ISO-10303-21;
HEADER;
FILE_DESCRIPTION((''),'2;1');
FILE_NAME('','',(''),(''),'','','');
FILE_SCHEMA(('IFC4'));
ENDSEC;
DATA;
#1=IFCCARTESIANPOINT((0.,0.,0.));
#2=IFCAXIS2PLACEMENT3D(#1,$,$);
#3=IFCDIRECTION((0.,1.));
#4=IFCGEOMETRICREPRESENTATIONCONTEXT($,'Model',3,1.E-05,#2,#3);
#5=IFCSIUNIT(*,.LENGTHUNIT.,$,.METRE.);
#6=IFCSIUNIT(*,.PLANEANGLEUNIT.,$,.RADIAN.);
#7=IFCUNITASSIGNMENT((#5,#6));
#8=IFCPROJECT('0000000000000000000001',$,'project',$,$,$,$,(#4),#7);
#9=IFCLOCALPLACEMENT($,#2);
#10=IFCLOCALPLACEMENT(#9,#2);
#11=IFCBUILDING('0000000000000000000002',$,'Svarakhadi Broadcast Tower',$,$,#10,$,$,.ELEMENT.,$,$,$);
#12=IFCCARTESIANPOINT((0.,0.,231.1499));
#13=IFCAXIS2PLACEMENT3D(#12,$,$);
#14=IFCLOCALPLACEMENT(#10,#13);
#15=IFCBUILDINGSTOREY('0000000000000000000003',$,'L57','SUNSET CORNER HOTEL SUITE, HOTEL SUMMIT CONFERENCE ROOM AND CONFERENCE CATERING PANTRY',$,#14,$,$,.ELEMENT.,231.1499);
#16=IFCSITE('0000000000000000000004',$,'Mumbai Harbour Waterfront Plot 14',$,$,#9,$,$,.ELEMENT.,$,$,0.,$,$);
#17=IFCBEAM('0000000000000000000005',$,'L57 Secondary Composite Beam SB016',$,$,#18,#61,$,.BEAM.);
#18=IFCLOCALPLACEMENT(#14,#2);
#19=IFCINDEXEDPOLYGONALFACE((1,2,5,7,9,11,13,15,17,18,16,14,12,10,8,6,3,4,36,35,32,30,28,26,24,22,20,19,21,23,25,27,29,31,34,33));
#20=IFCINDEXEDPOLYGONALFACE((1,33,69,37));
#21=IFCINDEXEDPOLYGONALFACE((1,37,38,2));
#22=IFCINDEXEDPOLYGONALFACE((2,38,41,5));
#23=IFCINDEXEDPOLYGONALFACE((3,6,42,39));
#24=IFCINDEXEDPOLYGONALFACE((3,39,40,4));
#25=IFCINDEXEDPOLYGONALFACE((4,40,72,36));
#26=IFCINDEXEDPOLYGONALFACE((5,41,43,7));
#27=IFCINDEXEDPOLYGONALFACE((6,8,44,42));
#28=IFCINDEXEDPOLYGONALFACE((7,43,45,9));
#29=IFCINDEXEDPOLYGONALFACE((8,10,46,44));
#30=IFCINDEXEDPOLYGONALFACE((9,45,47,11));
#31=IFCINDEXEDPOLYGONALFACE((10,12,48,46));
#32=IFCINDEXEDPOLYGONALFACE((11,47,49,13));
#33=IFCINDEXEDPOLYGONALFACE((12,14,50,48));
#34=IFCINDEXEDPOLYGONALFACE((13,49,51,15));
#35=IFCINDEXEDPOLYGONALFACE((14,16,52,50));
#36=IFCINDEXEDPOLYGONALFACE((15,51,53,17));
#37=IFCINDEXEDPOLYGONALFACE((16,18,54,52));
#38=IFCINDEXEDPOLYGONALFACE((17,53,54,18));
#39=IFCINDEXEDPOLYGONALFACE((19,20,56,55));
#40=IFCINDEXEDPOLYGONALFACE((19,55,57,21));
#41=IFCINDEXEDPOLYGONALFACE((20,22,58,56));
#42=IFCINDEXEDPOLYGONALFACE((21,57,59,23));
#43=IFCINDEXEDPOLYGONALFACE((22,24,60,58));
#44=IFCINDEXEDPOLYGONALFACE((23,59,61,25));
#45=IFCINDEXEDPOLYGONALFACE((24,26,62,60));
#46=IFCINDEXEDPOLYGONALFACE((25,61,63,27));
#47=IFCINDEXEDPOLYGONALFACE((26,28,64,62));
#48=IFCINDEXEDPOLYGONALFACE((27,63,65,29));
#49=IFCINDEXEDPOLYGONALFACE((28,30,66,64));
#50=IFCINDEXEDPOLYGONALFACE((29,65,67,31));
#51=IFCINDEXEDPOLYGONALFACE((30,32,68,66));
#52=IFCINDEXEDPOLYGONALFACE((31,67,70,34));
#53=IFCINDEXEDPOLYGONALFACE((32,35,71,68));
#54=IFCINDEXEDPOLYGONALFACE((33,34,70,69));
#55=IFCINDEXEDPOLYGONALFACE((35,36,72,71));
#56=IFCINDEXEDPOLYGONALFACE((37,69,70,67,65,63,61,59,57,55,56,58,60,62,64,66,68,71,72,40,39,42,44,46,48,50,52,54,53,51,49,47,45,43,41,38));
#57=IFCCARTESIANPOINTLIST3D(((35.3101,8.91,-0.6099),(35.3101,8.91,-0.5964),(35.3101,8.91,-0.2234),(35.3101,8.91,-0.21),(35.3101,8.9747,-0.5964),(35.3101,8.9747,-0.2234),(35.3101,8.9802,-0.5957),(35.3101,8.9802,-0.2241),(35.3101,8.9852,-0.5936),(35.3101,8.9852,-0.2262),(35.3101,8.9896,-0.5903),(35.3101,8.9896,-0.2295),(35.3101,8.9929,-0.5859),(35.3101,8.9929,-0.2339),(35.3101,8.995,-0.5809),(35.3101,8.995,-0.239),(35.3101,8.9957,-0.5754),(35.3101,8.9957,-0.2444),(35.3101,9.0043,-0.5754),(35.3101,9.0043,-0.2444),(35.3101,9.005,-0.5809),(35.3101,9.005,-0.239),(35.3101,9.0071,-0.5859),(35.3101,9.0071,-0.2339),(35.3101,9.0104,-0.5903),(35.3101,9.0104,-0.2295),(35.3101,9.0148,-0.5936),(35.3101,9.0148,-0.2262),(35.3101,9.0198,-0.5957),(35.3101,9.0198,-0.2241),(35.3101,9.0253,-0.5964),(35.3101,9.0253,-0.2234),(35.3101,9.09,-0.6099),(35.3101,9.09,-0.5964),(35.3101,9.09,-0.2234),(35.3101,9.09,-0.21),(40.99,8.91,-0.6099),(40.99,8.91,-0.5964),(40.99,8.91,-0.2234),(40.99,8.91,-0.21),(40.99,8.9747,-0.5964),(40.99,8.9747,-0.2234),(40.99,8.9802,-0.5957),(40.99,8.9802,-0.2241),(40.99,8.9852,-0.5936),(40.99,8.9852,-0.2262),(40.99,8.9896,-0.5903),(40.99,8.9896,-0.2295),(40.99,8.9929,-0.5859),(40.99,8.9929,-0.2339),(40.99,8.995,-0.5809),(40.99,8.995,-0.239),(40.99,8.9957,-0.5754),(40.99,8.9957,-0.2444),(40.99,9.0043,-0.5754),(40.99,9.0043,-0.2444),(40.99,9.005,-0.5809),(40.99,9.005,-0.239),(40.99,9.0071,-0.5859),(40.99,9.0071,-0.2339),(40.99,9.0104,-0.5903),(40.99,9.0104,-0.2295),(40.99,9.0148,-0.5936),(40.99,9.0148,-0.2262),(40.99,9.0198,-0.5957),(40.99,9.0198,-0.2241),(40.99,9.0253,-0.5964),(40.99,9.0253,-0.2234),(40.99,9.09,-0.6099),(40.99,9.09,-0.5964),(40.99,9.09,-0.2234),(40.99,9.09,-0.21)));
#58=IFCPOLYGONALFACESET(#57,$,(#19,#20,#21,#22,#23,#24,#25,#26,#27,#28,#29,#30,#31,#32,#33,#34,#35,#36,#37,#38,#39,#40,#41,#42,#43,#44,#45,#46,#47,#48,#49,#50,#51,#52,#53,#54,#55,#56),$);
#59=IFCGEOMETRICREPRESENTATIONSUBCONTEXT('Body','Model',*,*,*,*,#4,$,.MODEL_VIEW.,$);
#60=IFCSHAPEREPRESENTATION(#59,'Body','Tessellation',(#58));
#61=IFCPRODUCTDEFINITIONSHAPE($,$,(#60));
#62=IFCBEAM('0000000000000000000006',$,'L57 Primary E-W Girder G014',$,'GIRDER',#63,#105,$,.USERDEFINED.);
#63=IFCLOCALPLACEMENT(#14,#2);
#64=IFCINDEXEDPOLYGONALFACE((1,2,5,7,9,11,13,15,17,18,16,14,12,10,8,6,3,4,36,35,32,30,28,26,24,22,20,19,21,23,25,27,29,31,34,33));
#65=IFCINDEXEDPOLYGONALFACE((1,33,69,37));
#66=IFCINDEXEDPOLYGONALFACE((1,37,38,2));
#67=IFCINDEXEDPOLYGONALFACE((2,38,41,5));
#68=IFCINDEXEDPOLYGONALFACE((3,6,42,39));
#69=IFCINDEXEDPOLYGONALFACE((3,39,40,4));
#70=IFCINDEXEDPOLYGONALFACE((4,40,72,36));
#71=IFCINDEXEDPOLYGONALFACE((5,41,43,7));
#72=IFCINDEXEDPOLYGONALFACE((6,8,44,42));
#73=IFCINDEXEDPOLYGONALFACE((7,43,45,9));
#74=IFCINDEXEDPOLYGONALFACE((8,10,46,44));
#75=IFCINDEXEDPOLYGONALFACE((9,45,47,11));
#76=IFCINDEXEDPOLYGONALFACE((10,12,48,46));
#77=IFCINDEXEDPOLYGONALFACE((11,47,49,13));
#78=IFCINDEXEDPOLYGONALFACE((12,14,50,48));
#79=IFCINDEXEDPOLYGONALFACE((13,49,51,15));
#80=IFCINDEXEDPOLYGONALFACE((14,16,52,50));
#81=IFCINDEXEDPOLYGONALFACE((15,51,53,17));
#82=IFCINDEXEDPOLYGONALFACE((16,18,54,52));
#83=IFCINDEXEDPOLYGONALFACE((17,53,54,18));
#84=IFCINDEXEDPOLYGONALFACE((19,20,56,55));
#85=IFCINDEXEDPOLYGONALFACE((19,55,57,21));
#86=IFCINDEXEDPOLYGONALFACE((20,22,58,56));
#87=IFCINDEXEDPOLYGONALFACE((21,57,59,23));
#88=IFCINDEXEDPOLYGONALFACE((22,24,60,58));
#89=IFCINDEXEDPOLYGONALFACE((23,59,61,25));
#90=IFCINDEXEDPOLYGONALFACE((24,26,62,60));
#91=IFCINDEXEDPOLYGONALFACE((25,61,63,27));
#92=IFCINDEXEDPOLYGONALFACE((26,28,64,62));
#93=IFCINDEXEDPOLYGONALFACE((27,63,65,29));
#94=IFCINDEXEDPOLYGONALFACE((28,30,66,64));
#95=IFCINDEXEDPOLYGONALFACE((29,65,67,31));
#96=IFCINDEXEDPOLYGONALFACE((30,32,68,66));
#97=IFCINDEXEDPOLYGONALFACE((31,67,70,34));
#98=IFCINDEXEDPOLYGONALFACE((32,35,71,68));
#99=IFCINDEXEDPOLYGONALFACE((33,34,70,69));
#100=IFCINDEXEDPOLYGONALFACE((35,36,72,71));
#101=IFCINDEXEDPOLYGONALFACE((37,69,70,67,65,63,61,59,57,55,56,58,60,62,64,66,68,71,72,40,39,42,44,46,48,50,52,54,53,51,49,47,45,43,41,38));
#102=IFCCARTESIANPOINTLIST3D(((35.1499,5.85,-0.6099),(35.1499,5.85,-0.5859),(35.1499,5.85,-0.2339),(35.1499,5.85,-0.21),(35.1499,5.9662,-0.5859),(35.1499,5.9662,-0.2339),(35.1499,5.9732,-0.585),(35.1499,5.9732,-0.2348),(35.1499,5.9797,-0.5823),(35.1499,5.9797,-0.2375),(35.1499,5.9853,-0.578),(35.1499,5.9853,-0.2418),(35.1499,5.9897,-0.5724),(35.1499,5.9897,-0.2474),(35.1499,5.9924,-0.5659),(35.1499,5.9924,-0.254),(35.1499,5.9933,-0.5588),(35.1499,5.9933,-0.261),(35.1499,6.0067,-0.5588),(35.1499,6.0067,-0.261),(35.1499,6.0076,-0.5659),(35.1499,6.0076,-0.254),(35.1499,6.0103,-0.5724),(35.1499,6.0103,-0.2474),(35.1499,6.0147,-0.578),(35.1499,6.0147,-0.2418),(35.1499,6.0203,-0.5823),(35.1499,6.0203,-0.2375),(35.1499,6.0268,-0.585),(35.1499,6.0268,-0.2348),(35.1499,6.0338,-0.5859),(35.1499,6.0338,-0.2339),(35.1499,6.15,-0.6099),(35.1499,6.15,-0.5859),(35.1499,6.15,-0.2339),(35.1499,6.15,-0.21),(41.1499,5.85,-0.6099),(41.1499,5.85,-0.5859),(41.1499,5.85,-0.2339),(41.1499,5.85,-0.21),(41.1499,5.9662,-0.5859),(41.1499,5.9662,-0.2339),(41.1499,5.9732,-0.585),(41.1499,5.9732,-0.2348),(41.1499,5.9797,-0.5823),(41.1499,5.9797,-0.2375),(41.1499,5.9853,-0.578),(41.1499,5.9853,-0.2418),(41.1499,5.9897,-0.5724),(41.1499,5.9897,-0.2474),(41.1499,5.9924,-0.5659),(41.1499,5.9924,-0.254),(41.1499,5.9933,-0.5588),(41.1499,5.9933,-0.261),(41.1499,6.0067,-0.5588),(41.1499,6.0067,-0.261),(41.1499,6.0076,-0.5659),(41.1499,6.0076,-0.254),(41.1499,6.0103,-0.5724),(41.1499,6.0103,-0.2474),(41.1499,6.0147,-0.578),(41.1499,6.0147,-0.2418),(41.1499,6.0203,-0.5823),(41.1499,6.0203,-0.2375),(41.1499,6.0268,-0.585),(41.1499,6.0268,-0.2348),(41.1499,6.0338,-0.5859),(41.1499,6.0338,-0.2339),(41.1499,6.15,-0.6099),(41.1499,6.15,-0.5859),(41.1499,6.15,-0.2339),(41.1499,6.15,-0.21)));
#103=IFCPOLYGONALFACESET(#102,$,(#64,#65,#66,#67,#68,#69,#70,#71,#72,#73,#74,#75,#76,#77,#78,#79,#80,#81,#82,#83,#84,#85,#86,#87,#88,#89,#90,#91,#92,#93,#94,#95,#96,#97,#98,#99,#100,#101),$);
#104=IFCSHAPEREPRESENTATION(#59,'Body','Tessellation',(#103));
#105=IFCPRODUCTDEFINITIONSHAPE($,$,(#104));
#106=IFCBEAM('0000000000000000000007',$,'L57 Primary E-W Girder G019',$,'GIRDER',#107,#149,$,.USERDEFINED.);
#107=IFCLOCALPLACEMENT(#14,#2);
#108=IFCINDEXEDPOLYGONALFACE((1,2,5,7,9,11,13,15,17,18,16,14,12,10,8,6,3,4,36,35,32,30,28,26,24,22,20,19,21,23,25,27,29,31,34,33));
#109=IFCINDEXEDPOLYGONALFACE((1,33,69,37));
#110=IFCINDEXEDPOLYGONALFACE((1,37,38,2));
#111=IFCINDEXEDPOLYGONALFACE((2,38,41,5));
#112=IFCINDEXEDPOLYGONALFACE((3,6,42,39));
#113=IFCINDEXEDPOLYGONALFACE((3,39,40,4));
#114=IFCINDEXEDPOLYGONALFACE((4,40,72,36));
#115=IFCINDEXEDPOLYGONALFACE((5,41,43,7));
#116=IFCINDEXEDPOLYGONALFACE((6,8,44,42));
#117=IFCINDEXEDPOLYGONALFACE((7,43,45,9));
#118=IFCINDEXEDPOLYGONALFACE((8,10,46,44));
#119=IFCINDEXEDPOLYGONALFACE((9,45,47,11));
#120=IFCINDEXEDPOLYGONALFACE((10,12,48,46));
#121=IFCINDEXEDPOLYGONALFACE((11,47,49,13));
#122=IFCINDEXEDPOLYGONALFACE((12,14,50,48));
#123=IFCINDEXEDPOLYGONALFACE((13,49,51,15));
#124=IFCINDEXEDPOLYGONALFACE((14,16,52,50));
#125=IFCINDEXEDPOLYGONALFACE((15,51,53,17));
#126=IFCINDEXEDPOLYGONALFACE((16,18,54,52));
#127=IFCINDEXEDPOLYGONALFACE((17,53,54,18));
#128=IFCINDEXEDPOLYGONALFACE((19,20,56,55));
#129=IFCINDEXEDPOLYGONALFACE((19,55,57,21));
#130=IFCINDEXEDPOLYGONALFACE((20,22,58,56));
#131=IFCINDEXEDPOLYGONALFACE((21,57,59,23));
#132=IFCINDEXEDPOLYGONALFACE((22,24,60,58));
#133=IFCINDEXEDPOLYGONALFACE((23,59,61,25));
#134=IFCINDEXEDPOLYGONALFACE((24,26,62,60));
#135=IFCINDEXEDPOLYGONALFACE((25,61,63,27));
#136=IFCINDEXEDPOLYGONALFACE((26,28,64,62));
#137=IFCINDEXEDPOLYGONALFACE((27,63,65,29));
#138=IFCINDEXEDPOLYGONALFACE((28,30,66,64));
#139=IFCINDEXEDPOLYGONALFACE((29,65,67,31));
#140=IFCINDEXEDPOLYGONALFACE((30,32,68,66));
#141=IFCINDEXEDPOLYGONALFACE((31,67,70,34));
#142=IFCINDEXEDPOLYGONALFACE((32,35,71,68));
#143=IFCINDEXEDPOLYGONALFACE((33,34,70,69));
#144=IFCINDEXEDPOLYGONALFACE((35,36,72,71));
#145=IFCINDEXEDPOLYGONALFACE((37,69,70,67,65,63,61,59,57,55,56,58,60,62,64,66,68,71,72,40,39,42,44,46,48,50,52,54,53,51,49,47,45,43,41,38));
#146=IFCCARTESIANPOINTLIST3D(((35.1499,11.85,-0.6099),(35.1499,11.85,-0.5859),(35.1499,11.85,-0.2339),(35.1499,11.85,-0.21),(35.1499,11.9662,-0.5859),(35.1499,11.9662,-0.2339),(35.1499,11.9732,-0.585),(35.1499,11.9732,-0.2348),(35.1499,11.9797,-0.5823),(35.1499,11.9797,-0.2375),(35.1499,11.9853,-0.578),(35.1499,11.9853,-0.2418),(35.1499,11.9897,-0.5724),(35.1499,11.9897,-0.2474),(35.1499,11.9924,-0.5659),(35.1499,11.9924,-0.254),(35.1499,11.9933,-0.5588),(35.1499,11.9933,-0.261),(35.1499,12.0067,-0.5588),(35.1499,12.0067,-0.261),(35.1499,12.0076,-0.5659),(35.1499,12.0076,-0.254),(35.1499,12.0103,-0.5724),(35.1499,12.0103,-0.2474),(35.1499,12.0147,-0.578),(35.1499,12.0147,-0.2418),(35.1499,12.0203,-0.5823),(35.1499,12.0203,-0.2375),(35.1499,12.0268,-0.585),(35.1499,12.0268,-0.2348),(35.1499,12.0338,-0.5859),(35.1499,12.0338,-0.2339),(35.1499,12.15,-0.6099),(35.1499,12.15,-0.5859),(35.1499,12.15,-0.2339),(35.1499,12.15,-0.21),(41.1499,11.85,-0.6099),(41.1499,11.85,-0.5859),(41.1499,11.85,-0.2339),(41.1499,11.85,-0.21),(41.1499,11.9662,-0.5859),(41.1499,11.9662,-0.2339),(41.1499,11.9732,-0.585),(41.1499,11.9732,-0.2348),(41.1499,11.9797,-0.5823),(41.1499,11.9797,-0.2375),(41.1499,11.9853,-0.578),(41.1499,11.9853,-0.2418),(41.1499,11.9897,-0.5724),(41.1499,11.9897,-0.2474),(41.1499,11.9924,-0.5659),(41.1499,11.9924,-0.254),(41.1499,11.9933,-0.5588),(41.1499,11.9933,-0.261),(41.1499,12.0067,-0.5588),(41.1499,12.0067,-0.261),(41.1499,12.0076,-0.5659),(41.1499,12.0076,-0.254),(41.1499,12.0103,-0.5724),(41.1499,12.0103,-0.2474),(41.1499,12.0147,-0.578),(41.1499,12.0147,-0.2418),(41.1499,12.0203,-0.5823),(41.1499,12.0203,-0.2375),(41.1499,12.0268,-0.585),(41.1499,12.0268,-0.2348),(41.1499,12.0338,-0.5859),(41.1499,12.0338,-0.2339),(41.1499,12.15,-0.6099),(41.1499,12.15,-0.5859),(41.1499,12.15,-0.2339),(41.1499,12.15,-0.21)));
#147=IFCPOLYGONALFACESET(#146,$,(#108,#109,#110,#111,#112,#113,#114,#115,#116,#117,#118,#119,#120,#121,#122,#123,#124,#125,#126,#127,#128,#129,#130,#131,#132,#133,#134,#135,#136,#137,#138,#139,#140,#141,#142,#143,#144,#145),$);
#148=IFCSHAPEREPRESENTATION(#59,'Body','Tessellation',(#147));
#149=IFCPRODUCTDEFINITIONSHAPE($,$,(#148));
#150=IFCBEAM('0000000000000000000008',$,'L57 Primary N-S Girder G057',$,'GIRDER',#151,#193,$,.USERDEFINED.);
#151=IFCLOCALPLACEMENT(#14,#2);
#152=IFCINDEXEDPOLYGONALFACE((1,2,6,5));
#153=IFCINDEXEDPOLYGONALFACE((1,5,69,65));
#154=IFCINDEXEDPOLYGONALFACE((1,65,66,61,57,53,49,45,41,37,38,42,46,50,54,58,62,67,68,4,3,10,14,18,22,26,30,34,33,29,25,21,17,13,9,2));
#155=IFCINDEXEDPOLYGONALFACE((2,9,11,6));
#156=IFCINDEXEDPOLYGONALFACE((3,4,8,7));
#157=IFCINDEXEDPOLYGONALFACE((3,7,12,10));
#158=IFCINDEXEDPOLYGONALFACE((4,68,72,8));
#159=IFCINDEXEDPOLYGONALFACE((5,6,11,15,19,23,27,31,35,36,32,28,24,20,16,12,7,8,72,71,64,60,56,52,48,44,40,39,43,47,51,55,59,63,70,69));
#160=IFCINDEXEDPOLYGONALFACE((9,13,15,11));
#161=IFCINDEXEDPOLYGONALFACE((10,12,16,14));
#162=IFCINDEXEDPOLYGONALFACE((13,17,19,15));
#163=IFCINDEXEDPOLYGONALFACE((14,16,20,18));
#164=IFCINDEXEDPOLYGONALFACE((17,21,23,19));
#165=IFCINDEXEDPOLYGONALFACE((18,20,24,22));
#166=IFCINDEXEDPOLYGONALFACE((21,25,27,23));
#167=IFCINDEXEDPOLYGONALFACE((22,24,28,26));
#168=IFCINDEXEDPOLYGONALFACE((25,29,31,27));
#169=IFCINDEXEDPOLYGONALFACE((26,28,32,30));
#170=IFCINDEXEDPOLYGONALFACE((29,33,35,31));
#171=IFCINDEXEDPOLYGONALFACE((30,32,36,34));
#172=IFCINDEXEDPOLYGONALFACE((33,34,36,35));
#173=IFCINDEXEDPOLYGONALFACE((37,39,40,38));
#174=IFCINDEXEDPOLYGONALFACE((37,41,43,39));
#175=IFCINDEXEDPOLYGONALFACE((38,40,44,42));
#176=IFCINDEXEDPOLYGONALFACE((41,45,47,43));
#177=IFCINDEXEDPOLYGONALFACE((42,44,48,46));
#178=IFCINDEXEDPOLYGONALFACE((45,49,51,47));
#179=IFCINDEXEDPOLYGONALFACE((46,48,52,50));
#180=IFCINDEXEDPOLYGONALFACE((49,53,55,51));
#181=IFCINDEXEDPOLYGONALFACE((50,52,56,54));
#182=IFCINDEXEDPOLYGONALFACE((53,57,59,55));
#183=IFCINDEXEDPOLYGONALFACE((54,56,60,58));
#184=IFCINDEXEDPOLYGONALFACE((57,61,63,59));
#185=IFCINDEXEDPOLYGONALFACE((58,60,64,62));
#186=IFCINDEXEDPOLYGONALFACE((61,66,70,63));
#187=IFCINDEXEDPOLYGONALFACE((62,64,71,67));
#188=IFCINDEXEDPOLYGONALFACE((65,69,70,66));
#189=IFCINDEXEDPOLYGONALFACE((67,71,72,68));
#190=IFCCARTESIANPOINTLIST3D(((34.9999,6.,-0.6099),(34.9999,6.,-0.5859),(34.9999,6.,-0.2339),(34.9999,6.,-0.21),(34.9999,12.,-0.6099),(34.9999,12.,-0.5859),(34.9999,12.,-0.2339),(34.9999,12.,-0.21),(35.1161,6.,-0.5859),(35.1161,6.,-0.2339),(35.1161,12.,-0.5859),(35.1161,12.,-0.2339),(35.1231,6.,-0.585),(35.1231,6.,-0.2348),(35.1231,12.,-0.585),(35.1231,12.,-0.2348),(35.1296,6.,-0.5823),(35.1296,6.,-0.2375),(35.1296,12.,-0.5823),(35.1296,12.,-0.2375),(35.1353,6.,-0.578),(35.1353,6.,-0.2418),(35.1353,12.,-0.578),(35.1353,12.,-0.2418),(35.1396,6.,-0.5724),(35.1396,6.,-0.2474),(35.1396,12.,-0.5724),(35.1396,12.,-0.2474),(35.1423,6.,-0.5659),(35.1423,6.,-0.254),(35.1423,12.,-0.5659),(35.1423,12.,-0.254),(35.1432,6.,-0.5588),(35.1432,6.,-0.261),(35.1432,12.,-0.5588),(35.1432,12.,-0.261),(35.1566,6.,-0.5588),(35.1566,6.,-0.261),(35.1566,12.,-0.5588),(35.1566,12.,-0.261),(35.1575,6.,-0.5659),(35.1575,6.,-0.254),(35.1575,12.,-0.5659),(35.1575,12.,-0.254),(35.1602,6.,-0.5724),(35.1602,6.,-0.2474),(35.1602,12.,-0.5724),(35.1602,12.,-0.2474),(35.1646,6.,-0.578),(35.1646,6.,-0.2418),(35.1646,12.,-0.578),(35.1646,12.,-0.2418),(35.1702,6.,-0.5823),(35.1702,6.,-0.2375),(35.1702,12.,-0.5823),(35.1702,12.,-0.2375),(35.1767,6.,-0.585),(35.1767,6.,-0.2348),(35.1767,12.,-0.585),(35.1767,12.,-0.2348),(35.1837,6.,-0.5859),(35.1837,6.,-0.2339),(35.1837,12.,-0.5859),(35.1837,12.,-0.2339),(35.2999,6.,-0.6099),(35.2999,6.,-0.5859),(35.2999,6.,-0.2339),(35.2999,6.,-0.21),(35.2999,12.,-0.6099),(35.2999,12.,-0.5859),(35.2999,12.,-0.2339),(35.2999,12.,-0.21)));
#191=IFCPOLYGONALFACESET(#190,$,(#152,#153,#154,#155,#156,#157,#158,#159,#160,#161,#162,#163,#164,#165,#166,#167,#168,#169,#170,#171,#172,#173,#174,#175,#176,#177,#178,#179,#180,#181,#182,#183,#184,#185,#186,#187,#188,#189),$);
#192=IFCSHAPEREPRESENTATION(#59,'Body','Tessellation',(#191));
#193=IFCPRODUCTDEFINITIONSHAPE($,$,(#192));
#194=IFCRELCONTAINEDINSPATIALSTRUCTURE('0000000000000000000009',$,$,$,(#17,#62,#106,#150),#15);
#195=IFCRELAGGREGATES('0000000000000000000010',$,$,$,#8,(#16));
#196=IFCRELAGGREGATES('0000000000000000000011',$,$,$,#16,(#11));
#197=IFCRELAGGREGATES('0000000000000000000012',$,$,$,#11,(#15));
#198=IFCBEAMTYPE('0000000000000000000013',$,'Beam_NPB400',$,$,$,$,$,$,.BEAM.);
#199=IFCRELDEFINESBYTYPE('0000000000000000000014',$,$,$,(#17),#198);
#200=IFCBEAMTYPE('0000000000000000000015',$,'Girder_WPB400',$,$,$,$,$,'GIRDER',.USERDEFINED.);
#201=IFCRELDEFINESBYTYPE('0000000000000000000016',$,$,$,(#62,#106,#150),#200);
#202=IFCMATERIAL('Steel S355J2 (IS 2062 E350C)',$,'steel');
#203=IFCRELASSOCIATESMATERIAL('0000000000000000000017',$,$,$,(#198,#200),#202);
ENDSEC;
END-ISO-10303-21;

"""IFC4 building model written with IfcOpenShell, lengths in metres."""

from ifc_helpers import new_model, si_unit, direction, frame, origin, origin_2d, place, context, subcontext, project, spatial, i_section, extrude, material, material_profile, profile_set, type_object, element, save


model = new_model("IFC4")

# Units and contexts
model_context = context("Model", 3, precision=1e-05, world=origin(), true_north=direction((0.0, 1.0)))
body_context = subcontext(model_context, "Body", "Model", "MODEL_VIEW")
ifc_project = project(units=[si_unit("LENGTHUNIT", "METRE"), si_unit("PLANEANGLEUNIT", "RADIAN")], contexts=[model_context])

# Site, building, storey
site_placement = place(None, origin())
site = spatial("IfcSite", under=ifc_project, at=site_placement, Name="Mumbai Harbour Waterfront Plot 14", CompositionType="ELEMENT", RefElevation=0.0)
building_placement = place(site_placement, origin())
building = spatial("IfcBuilding", under=site, at=building_placement, Name="Svarakhadi Broadcast Tower", CompositionType="ELEMENT")
storey_placement = place(building_placement, frame((0.0, 0.0, 231.1499)))
storey = spatial("IfcBuildingStorey", under=building, at=storey_placement, Name="L57", Description="SUNSET CORNER HOTEL SUITE, HOTEL SUMMIT CONFERENCE ROOM AND CONFERENCE CATERING PANTRY", CompositionType="ELEMENT", Elevation=231.1499)

# Beams
ifc_material_1 = material(Name="Steel S355J2 (IS 2062 E350C)", Category="steel")
ifc_material_profile_1 = material_profile(ifc_material_1, i_section(OverallWidth=0.1799, OverallDepth=0.3999, WebThickness=0.0085, FlangeThickness=0.0134, FilletRadius=0.021, at=origin_2d()), Name="NPB 400x180x66")
ifc_profile_set_1 = profile_set([ifc_material_profile_1], Name="Steel S355J2 (IS 2062 E350C)")
beam_type_1 = type_object("IfcBeamType", Name="Beam_NPB400", PredefinedType="BEAM", material=ifc_profile_set_1)
beam_1_placement = place(storey_placement, frame((35.3101, 9.0, -0.4099), z_axis=(1.0, 0.0, 0.0), x_axis=(0.0, 1.0, 0.0)))
element("IfcBeam", 1, at=beam_1_placement, inside=storey, type_object=beam_type_1, Name="L57 Secondary Composite Beam SB016", PredefinedType="BEAM", context=body_context, shape_type="SweptSolid", body=[
    extrude(i_section(OverallWidth=0.1799, OverallDepth=0.3999, WebThickness=0.0085, FlangeThickness=0.0134, FilletRadius=0.021, at=origin_2d()), origin(), (0.0, 0.0, 1.0), 5.6799),
])
ifc_material_profile_2 = material_profile(ifc_material_1, i_section(OverallWidth=0.3, OverallDepth=0.3999, WebThickness=0.0134, FlangeThickness=0.0239, FilletRadius=0.0271, at=origin_2d()), Name="WPB 400x300x155")
ifc_profile_set_2 = profile_set([ifc_material_profile_2], Name="Steel S355J2 (IS 2062 E350C)")
beam_type_2 = type_object("IfcBeamType", Name="Girder_WPB400", ElementType="GIRDER", PredefinedType="USERDEFINED", material=ifc_profile_set_2)
for number, where, z_axis, x_axis, name in (
    (2, (35.1499, 6.0, -0.4099), (1.0, 0.0, 0.0), (0.0, 1.0, 0.0), "L57 Primary E-W Girder G014"),
    (3, (35.1499, 12.0, -0.4099), (1.0, 0.0, 0.0), (0.0, 1.0, 0.0), "L57 Primary E-W Girder G019"),
    (4, (35.1499, 6.0, -0.4099), (0.0, 1.0, 0.0), (-1.0, 0.0, 0.0), "L57 Primary N-S Girder G057"),
):
    element("IfcBeam", number, at=place(storey_placement, frame(where, z_axis=z_axis, x_axis=x_axis)), inside=storey, type_object=beam_type_2, Name=name, ObjectType="GIRDER", PredefinedType="USERDEFINED", context=body_context, shape_type="SweptSolid", body=[
        extrude(i_section(OverallWidth=0.3, OverallDepth=0.3999, WebThickness=0.0134, FlangeThickness=0.0239, FilletRadius=0.0271, at=origin_2d()), origin(), (0.0, 0.0, 1.0), 6.0),
    ])

save(model, "model.ifc")
